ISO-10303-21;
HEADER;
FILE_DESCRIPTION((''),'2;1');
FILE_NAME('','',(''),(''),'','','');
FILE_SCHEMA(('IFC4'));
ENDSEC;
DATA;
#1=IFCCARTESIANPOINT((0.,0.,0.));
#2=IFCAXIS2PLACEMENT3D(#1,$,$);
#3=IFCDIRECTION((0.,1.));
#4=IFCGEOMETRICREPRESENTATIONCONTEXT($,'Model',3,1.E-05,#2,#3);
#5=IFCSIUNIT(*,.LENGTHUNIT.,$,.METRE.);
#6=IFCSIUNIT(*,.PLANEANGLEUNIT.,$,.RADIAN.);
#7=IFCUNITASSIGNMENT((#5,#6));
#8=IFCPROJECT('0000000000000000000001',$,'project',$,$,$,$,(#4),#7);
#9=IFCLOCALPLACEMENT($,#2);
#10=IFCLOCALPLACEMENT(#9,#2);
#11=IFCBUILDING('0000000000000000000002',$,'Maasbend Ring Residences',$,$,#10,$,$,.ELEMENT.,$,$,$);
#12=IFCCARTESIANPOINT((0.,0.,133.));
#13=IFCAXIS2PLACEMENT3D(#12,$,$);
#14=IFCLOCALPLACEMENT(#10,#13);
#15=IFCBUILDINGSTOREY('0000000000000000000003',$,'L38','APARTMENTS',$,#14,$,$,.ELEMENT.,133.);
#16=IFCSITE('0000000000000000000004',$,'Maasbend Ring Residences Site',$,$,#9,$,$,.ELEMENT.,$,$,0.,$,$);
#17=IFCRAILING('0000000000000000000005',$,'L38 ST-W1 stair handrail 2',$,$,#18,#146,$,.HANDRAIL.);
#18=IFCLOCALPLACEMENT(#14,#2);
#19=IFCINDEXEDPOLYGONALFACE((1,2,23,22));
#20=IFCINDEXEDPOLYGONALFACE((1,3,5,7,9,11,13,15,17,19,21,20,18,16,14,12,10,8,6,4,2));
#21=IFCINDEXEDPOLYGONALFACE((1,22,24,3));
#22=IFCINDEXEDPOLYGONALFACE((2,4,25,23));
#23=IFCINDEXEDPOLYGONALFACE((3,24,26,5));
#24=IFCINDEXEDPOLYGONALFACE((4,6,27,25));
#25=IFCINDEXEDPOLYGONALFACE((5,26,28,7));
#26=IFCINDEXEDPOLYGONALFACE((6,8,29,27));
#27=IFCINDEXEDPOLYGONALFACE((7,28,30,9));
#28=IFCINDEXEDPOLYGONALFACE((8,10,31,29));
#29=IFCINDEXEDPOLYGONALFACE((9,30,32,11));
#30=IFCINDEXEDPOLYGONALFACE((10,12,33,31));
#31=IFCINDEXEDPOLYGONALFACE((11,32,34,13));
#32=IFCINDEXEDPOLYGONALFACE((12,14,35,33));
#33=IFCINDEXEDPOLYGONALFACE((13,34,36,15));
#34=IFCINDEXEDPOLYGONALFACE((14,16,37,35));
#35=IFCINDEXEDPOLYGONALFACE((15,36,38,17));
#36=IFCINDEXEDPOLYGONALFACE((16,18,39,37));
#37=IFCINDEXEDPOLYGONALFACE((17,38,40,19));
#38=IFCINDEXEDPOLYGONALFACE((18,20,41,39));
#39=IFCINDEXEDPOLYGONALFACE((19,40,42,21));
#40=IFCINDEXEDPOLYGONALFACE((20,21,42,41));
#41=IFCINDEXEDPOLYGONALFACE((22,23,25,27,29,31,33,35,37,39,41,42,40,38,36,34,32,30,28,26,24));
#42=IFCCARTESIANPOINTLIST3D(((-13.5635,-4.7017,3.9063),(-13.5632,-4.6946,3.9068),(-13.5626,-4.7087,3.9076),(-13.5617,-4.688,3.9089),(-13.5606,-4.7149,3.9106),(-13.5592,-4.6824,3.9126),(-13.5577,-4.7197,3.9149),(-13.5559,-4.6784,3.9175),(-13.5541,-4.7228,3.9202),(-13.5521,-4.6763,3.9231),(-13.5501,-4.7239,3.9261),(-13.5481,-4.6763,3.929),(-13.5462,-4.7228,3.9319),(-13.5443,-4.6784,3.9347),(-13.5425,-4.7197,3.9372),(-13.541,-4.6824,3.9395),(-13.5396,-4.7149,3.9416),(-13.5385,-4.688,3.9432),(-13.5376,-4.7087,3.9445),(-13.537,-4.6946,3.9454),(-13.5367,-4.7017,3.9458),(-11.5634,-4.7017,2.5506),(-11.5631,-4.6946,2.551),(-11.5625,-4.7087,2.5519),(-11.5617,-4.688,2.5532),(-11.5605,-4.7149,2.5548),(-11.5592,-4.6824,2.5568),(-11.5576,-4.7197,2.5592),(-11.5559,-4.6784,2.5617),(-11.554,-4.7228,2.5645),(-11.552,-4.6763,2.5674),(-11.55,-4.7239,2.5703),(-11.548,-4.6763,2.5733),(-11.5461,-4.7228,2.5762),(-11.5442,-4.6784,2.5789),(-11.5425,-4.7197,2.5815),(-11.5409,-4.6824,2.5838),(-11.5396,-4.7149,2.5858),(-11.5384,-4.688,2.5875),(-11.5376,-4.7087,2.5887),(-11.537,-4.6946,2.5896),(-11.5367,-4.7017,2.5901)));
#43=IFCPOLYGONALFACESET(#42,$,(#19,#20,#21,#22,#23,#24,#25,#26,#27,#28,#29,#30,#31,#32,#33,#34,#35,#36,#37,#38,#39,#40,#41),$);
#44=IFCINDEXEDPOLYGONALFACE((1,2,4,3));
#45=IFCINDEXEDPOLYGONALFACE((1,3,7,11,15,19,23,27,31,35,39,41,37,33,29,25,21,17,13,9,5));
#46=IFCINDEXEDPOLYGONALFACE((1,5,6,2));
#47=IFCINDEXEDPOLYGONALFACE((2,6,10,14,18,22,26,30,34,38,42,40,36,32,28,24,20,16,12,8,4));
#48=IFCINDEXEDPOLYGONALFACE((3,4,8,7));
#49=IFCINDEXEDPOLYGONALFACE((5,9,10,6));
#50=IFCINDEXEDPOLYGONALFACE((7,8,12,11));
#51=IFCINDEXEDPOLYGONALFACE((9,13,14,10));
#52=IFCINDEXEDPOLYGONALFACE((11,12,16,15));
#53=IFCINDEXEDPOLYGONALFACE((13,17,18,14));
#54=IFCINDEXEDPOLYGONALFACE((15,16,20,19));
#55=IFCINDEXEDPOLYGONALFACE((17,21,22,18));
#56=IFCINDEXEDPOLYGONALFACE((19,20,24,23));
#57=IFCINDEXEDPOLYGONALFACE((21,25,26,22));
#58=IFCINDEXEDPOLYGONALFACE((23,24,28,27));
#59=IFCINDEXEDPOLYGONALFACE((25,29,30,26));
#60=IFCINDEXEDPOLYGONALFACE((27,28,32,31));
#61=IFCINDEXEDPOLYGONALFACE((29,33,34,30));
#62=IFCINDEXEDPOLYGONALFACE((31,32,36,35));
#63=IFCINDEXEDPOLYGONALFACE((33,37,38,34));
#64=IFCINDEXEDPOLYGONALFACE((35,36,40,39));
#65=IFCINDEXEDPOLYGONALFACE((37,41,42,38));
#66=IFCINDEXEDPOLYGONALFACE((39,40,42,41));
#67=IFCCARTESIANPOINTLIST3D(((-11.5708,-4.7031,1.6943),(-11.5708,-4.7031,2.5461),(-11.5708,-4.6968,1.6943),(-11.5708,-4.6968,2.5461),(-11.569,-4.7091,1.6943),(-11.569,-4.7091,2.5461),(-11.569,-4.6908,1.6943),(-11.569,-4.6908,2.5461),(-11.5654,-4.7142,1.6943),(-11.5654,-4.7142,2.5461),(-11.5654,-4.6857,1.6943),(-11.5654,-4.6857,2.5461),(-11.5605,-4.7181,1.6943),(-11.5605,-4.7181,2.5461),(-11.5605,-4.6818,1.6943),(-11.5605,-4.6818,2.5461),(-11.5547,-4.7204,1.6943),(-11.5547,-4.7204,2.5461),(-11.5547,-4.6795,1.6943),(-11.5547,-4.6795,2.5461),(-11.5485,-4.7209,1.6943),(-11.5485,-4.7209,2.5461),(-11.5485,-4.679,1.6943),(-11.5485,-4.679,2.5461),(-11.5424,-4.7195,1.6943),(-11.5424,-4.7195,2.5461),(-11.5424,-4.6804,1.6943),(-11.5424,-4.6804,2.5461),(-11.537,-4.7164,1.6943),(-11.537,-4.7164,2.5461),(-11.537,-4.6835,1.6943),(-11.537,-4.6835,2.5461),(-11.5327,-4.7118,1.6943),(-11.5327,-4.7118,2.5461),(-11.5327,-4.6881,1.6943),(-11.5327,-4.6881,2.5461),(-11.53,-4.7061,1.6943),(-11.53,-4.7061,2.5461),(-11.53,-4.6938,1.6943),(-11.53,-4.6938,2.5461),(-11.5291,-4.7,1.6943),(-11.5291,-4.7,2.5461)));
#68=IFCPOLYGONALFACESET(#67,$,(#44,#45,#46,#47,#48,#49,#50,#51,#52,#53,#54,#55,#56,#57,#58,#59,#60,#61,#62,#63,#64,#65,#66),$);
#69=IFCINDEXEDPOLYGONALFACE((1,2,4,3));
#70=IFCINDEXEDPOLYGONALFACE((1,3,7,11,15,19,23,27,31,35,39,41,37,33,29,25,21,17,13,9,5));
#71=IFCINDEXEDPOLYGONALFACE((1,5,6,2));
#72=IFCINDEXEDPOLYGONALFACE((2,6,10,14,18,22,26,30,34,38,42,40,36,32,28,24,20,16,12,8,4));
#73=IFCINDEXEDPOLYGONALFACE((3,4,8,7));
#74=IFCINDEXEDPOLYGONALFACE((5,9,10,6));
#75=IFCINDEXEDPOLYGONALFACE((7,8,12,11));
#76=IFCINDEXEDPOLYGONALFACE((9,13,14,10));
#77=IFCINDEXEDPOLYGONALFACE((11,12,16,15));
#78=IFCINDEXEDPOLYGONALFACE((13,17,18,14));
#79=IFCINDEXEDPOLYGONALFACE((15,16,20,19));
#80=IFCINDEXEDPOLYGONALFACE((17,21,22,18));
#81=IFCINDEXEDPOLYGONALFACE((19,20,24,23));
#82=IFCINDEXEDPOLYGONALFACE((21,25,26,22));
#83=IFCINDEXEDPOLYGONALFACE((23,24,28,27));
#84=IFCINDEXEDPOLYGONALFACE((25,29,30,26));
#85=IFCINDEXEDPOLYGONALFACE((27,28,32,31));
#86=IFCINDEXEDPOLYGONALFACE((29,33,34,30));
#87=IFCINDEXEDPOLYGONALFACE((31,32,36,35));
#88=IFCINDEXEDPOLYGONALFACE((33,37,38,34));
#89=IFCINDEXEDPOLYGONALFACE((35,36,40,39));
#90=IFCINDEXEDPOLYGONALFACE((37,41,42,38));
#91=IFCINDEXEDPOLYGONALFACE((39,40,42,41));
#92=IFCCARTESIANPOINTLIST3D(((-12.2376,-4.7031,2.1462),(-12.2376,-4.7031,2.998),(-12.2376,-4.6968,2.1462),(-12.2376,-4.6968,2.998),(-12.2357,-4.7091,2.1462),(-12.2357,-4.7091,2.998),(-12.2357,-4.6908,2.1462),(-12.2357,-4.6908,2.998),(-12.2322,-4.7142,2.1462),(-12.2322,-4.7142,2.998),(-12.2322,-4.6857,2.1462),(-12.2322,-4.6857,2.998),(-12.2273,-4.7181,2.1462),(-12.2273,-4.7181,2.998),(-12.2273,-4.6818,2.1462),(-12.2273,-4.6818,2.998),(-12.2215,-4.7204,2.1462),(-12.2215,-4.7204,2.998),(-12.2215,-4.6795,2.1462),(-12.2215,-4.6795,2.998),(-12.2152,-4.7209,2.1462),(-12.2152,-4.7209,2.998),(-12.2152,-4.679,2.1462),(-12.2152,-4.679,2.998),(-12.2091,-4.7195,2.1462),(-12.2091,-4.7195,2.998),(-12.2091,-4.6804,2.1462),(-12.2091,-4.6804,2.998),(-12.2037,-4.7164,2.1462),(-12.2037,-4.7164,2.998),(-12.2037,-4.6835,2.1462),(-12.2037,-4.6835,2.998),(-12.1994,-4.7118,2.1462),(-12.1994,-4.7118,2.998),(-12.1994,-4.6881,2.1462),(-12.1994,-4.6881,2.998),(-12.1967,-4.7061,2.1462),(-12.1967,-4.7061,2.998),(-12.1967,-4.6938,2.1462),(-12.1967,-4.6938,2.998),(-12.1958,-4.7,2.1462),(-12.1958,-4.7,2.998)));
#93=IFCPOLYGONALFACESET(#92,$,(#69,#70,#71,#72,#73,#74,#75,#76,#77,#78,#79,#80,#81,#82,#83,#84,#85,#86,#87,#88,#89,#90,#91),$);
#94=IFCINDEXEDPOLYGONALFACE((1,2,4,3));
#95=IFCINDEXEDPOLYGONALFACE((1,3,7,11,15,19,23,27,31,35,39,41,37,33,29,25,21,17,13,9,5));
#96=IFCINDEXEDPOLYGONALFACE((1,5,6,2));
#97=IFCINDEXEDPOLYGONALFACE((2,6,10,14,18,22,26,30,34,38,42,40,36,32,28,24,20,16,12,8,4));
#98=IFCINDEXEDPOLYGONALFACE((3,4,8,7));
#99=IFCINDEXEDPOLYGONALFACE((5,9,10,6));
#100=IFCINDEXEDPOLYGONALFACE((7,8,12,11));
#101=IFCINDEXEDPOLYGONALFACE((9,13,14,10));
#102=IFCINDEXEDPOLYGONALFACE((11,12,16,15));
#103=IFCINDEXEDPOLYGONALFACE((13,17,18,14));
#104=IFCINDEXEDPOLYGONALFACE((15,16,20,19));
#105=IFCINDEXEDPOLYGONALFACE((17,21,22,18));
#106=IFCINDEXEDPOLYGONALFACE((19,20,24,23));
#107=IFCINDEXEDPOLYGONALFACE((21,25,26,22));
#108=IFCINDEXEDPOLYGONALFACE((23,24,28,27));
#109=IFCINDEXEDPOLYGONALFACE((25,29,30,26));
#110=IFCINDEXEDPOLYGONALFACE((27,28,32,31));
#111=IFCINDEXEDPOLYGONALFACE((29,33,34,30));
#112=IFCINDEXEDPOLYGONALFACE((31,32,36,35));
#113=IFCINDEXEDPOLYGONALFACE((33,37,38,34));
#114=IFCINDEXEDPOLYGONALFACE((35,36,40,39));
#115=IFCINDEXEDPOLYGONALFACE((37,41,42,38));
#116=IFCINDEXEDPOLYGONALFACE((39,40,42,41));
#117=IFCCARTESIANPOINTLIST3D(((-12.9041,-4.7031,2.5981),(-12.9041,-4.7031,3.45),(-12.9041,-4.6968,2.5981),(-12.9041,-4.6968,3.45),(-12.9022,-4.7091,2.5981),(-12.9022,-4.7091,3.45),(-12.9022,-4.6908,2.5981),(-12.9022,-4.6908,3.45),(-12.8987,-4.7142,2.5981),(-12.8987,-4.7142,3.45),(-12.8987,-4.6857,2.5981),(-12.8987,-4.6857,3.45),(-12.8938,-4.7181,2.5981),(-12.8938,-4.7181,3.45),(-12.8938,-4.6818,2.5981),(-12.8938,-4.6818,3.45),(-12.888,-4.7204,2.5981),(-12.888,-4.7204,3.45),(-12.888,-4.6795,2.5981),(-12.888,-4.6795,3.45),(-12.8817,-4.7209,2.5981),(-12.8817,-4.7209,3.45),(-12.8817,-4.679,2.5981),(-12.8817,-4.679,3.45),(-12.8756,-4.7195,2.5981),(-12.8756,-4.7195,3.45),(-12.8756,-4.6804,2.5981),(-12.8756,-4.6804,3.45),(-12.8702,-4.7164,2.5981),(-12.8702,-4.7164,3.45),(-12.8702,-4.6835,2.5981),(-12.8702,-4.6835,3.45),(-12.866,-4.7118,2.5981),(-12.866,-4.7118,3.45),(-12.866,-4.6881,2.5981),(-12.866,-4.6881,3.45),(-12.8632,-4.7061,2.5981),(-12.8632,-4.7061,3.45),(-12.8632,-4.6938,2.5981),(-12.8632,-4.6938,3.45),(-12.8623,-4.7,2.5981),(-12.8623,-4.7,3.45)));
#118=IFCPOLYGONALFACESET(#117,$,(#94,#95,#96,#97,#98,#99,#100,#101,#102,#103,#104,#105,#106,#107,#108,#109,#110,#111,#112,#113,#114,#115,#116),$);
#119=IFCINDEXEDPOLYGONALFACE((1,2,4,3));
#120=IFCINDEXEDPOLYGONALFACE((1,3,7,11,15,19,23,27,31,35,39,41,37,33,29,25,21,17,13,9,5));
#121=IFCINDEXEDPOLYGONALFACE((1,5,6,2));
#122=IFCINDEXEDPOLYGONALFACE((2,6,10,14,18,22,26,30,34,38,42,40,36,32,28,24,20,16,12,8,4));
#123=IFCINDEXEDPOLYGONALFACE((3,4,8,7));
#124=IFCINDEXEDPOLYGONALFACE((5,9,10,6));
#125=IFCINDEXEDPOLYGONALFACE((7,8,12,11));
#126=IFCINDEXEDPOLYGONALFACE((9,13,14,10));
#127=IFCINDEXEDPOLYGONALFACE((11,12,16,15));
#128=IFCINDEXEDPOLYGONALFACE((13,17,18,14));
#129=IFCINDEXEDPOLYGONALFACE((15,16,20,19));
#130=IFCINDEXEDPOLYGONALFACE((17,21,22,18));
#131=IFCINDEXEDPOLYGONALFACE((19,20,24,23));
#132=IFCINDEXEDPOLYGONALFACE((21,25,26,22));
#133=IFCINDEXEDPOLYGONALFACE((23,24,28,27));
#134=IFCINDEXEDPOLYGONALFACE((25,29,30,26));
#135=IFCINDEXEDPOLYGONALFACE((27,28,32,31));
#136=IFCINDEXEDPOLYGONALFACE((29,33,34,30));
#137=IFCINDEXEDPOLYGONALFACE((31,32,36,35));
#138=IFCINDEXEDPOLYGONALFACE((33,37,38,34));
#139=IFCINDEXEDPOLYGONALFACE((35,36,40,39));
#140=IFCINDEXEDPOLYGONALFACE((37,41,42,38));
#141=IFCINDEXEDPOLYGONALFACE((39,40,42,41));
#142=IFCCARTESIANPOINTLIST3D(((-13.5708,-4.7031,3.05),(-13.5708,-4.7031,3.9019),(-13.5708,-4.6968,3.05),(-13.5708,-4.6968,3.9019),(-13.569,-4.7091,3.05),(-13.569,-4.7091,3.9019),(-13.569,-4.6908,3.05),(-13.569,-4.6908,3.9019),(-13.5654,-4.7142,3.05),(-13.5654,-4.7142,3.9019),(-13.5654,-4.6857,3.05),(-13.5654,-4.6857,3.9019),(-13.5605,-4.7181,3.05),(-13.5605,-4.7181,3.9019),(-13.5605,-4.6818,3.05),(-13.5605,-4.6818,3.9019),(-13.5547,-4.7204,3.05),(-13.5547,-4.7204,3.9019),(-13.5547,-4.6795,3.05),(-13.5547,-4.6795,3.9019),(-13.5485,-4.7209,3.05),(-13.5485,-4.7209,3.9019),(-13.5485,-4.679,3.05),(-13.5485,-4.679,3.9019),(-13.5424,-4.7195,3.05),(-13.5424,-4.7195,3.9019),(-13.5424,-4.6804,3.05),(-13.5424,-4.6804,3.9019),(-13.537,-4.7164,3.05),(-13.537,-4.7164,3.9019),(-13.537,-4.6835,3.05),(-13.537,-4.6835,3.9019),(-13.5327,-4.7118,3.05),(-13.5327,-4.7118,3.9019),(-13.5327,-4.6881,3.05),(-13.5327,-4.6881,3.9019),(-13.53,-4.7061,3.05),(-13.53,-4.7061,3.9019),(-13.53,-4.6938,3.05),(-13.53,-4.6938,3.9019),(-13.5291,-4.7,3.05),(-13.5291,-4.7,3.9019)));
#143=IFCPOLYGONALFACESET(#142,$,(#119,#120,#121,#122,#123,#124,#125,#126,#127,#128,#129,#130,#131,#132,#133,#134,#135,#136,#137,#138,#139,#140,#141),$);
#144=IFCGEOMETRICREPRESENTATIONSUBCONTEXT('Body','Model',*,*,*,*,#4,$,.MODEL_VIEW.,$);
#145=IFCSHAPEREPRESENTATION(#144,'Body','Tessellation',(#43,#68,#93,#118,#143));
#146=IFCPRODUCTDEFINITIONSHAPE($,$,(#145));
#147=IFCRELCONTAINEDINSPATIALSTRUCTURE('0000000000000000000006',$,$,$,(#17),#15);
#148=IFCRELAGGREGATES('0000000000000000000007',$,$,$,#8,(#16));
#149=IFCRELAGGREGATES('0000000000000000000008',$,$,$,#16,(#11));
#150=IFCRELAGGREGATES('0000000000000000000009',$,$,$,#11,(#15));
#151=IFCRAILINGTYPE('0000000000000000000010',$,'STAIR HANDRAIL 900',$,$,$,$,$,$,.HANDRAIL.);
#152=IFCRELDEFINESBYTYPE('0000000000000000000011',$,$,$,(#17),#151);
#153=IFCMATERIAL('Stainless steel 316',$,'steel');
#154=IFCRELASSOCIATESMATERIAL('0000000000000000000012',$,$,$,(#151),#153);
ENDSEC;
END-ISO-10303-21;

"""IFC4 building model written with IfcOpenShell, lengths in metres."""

from ifc_helpers import new_model, si_unit, direction, frame, origin, origin_2d, place, context, subcontext, project, spatial, circle, extrude, material, type_object, element, save


model = new_model("IFC4")

# Units and contexts
model_context = context("Model", 3, precision=1e-05, world=origin(), true_north=direction((0.0, 1.0)))
body_context = subcontext(model_context, "Body", "Model", "MODEL_VIEW")
ifc_project = project(units=[si_unit("LENGTHUNIT", "METRE"), si_unit("PLANEANGLEUNIT", "RADIAN")], contexts=[model_context])

# Site, building, storey
site_placement = place(None, origin())
site = spatial("IfcSite", under=ifc_project, at=site_placement, Name="Maasbend Ring Residences Site", CompositionType="ELEMENT", RefElevation=0.0)
building_placement = place(site_placement, origin())
building = spatial("IfcBuilding", under=site, at=building_placement, Name="Maasbend Ring Residences", CompositionType="ELEMENT")
storey_placement = place(building_placement, frame((0.0, 0.0, 133.0)))
storey = spatial("IfcBuildingStorey", under=building, at=storey_placement, Name="L38", Description="APARTMENTS", CompositionType="ELEMENT", Elevation=133.0)

# Railing
ifc_material_1 = material(Name="Stainless steel 316", Category="steel")
railing_type_1 = type_object("IfcRailingType", Name="STAIR HANDRAIL 900", PredefinedType="HANDRAIL", material=ifc_material_1)
railing_1_placement = place(storey_placement, frame((-11.55, -4.7, 1.6943)))
element("IfcRailing", 1, at=railing_1_placement, inside=storey, type_object=railing_type_1, Name="L38 ST-W1 stair handrail 2", PredefinedType="HANDRAIL", context=body_context, shape_type="SweptSolid", body=[
    extrude(circle(Radius=0.0239, at=origin_2d()), frame((0.0, 0.0, 0.876), z_axis=(-0.827751, 0.0, 0.561096), x_axis=(0.0, -1.0, 0.0)), (0.0, 0.0, 1.0), 2.4163),
    extrude(circle(Radius=0.021, at=origin_2d()), origin(), (0.0, 0.0, 1.0), 0.8518),
    extrude(circle(Radius=0.021, at=origin_2d()), frame((-0.6667, 0.0, 0.4519)), (0.0, 0.0, 1.0), 0.8518),
    extrude(circle(Radius=0.021, at=origin_2d()), frame((-1.3333, 0.0, 0.9038)), (0.0, 0.0, 1.0), 0.8518),
    extrude(circle(Radius=0.021, at=origin_2d()), frame((-2.0, 0.0, 1.3557)), (0.0, 0.0, 1.0), 0.8518),
])

save(model, "model.ifc")
